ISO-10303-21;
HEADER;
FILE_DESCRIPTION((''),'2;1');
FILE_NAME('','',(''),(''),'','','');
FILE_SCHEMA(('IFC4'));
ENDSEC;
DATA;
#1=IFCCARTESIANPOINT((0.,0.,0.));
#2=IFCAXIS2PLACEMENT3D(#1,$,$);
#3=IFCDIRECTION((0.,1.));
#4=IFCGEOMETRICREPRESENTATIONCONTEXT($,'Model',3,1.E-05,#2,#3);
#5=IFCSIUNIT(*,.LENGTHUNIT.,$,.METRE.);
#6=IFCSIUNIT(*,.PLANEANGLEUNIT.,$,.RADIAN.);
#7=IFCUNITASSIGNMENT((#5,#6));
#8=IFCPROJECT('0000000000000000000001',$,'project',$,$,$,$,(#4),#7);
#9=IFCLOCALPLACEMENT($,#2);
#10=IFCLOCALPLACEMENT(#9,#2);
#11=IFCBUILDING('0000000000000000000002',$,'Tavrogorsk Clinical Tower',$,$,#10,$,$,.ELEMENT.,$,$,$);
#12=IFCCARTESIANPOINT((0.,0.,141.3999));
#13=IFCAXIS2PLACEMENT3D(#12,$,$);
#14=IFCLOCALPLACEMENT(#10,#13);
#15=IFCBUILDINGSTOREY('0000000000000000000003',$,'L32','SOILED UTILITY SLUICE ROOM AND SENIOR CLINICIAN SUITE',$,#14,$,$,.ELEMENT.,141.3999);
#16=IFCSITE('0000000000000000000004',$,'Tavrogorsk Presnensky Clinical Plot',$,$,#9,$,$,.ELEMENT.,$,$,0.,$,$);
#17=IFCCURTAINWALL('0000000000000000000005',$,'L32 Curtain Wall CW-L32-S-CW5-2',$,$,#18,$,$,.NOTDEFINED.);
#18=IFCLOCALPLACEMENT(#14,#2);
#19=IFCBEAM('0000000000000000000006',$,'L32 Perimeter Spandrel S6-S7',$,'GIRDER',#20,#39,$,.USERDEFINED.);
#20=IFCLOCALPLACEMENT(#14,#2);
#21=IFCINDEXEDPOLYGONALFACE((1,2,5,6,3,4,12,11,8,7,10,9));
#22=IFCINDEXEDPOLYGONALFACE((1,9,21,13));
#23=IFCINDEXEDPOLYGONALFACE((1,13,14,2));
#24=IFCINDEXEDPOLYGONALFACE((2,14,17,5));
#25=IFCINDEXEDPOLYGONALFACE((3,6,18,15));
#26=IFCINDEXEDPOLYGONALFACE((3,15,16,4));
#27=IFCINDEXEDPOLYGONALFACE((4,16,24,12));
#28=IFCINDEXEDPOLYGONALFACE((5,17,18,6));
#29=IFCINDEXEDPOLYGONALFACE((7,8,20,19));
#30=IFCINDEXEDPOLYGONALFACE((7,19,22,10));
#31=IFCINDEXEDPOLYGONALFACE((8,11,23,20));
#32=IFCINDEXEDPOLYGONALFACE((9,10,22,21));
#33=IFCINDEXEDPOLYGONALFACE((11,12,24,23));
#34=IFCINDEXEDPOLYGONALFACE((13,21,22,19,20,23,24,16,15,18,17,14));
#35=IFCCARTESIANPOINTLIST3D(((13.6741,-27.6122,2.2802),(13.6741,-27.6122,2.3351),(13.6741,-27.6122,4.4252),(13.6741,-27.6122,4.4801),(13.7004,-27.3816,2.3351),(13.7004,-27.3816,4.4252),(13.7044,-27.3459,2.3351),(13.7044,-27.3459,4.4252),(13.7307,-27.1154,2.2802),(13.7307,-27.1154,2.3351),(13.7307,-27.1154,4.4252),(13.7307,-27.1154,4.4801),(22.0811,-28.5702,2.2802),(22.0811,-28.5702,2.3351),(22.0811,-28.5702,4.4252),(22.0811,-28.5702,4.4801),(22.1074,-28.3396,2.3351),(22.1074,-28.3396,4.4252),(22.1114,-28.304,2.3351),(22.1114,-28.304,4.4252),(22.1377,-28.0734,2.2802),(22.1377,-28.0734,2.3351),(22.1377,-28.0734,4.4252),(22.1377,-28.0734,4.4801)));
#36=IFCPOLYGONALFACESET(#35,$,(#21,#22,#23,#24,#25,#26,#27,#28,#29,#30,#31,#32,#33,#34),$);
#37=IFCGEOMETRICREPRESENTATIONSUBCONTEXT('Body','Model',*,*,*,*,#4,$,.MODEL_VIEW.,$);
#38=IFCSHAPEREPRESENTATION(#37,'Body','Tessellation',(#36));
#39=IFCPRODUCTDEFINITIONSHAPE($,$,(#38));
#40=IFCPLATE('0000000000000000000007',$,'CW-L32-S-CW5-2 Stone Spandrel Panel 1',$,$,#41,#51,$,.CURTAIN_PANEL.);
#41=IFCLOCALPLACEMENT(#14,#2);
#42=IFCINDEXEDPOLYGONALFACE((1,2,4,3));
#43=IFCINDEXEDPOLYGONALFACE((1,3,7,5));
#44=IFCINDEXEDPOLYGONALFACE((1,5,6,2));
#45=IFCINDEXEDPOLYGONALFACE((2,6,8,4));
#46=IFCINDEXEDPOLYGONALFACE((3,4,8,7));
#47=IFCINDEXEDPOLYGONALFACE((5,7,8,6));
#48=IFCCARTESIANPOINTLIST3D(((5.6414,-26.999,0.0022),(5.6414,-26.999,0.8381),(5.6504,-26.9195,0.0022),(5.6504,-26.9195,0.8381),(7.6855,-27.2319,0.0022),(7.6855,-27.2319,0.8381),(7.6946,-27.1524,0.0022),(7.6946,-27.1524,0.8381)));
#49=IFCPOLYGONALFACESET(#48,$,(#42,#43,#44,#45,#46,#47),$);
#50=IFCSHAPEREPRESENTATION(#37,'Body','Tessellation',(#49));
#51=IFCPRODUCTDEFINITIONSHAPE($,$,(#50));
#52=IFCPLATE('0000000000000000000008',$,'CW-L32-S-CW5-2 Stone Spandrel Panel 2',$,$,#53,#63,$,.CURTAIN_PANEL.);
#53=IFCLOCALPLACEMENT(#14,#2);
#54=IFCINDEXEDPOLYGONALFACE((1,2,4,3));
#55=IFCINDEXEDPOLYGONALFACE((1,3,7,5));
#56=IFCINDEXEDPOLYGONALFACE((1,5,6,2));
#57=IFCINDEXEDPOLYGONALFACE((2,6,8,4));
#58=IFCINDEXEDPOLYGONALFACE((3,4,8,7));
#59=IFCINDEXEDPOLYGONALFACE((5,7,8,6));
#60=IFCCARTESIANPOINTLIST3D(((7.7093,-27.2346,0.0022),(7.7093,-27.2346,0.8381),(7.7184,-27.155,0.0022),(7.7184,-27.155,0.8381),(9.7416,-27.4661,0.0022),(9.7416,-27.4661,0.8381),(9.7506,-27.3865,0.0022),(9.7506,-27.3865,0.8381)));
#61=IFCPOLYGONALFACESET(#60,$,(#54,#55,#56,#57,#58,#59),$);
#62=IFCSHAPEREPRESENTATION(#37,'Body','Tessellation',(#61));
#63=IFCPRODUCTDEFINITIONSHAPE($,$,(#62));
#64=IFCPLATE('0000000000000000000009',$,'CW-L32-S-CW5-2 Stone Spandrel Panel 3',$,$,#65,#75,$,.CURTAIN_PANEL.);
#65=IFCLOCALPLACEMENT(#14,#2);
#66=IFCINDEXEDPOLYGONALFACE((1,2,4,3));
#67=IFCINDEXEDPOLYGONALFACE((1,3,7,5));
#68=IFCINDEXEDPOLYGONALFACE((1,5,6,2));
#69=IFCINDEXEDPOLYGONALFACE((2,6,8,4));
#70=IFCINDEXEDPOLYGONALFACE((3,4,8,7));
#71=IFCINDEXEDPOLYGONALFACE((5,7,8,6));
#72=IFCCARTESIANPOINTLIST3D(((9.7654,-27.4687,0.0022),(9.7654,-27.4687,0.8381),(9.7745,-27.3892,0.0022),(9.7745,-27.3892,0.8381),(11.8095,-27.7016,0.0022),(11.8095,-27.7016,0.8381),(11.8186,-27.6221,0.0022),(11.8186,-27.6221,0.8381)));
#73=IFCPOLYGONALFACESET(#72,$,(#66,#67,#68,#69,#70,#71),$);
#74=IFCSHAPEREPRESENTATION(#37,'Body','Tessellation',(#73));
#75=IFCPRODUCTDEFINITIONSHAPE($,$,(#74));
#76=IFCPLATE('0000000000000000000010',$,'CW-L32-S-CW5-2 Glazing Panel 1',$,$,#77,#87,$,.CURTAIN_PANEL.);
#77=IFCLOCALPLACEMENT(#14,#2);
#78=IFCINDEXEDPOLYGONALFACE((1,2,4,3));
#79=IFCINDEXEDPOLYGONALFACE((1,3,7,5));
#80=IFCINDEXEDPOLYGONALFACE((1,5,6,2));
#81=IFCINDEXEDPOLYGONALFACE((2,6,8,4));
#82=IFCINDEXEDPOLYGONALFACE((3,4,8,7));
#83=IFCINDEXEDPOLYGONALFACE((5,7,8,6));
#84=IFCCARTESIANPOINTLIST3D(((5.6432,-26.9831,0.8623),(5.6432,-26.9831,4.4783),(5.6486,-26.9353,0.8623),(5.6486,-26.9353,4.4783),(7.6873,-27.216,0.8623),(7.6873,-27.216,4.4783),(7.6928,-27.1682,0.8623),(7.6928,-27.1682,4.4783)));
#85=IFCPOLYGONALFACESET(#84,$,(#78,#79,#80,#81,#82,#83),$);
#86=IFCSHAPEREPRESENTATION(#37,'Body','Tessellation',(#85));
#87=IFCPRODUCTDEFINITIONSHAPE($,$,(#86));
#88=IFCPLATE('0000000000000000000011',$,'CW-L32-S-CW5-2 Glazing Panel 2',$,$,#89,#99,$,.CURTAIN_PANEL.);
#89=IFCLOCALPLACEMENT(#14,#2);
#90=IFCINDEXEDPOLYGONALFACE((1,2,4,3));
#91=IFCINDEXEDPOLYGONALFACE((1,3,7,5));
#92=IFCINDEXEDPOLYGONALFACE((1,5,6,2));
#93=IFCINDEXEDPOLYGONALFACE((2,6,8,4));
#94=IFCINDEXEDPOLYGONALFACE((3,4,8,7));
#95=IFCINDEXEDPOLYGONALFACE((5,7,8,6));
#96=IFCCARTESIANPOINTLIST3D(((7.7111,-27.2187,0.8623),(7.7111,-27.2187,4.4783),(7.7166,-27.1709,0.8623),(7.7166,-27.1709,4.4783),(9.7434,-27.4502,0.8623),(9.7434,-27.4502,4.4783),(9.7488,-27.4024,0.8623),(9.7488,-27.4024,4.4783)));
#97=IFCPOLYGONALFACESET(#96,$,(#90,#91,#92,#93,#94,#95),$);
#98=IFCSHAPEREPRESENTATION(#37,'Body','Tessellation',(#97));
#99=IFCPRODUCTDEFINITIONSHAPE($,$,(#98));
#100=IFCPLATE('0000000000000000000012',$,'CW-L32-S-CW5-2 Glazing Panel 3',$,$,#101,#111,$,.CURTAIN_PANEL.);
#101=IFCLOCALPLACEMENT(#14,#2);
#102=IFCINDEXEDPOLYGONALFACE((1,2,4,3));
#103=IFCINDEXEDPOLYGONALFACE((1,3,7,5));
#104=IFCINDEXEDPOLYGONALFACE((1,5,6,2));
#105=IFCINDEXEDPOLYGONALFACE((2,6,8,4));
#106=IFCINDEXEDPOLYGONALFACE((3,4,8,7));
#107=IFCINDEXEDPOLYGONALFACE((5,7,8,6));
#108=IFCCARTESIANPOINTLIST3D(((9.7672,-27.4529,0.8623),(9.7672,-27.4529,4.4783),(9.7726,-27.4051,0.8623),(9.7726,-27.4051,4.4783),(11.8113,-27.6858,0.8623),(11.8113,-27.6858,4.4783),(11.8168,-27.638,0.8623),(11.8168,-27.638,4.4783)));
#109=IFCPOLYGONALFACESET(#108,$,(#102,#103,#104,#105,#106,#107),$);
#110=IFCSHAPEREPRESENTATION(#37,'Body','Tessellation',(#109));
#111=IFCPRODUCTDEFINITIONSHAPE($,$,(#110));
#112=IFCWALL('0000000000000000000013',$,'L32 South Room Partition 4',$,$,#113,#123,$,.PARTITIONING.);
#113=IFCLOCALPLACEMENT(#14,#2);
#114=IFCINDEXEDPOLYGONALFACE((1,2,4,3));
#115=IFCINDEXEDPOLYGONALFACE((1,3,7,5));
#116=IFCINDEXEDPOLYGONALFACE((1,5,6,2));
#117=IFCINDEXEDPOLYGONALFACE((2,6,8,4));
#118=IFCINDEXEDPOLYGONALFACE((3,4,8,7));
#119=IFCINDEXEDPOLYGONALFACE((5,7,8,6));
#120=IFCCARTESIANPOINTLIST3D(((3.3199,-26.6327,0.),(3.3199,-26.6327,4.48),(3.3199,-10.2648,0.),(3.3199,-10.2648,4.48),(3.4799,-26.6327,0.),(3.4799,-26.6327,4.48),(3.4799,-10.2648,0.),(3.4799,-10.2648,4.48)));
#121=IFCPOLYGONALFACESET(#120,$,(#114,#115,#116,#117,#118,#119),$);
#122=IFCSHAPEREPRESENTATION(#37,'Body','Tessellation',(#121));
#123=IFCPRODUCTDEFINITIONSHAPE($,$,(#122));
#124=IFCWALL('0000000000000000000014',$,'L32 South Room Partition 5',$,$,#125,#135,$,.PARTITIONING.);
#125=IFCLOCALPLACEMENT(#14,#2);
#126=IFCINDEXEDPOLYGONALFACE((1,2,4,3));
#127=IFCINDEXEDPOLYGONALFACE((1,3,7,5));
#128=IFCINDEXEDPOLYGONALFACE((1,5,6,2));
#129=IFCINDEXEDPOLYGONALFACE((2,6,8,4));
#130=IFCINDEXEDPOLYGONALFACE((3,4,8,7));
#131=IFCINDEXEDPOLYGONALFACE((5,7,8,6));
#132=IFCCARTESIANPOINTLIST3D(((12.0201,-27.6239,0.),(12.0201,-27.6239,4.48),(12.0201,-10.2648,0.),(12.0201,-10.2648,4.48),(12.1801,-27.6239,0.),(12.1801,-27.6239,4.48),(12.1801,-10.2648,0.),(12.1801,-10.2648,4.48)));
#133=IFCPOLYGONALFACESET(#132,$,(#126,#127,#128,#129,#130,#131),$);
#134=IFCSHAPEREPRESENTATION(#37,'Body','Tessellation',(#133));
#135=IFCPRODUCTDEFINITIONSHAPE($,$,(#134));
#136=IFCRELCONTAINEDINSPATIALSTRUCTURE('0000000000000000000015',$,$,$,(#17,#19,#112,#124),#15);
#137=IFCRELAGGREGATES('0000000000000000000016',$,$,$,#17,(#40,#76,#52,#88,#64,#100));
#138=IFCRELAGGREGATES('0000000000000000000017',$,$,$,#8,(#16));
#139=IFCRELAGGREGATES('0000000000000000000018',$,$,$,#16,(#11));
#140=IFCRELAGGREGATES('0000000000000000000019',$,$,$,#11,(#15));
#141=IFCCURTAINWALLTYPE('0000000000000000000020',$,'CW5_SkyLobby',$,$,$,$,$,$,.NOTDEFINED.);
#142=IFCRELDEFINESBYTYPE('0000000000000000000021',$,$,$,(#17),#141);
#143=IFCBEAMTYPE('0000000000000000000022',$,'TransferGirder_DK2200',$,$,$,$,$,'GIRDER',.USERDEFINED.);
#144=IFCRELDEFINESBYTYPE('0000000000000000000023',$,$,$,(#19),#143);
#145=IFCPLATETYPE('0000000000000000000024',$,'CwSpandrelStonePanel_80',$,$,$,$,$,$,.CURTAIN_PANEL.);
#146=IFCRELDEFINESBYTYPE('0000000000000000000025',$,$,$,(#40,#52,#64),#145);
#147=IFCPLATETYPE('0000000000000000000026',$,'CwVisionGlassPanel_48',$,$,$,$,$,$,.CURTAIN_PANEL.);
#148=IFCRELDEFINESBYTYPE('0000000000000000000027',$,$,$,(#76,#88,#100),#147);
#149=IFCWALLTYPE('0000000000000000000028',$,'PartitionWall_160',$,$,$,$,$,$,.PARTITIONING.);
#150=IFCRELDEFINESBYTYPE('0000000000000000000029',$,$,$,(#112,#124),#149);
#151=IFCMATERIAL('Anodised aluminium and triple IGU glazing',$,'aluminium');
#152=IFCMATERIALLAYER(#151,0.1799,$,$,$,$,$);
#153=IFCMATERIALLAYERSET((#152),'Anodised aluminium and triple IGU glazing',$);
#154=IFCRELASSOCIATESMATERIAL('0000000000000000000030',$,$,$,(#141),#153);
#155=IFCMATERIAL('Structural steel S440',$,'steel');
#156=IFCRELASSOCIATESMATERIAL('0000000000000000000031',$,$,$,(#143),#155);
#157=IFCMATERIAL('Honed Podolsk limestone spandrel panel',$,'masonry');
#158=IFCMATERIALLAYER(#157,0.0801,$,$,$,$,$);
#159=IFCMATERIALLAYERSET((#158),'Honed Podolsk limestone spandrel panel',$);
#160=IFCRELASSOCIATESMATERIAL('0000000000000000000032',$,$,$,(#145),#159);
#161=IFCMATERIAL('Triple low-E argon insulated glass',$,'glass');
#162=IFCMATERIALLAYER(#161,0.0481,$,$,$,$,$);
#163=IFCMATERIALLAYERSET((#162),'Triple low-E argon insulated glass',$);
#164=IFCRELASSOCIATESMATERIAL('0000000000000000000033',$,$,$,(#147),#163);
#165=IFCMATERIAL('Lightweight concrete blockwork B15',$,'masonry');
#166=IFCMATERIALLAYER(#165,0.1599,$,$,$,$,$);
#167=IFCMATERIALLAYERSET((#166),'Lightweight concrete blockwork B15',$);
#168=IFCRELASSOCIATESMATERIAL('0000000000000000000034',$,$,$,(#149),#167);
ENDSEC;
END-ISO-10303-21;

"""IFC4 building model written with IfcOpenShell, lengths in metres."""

from ifc_helpers import new_model, si_unit, direction, frame, frame_2d, origin, origin_2d, place, context, subcontext, project, spatial, rectangle, i_section, extrude, material, layer, layer_set, material_profile, profile_set, type_object, element, aggregate, save


model = new_model("IFC4")

# Units and contexts
model_context = context("Model", 3, precision=1e-05, world=origin(), true_north=direction((0.0, 1.0)))
body_context = subcontext(model_context, "Body", "Model", "MODEL_VIEW")
ifc_project = project(units=[si_unit("LENGTHUNIT", "METRE"), si_unit("PLANEANGLEUNIT", "RADIAN")], contexts=[model_context])

# Site, building, storey
site_placement = place(None, origin())
site = spatial("IfcSite", under=ifc_project, at=site_placement, Name="Tavrogorsk Presnensky Clinical Plot", CompositionType="ELEMENT", RefElevation=0.0)
building_placement = place(site_placement, origin())
building = spatial("IfcBuilding", under=site, at=building_placement, Name="Tavrogorsk Clinical Tower", CompositionType="ELEMENT")
storey_placement = place(building_placement, frame((0.0, 0.0, 141.3999)))
storey = spatial("IfcBuildingStorey", under=building, at=storey_placement, Name="L32", Description="SOILED UTILITY SLUICE ROOM AND SENIOR CLINICIAN SUITE", CompositionType="ELEMENT", Elevation=141.3999)

# Curtain wall
ifc_material_1 = material(Name="Anodised aluminium and triple IGU glazing", Category="aluminium")
ifc_layer_1 = layer(ifc_material_1, 0.1799)
ifc_layer_set_1 = layer_set([ifc_layer_1], Name="Anodised aluminium and triple IGU glazing")
curtain_wall_type = type_object("IfcCurtainWallType", Name="CW5_SkyLobby", PredefinedType="NOTDEFINED", material=ifc_layer_set_1)
curtain_wall_placement = place(storey_placement, origin())
curtain_wall = element("IfcCurtainWall", 1, at=curtain_wall_placement, inside=storey, type_object=curtain_wall_type, Name="L32 Curtain Wall CW-L32-S-CW5-2", PredefinedType="NOTDEFINED")

# Beam
ifc_material_2 = material(Name="Structural steel S440", Category="steel")
ifc_material_profile_1 = material_profile(ifc_material_2, i_section(OverallWidth=0.5, OverallDepth=2.2, WebThickness=0.0359, FlangeThickness=0.0549, at=origin_2d()), Name="DK-2200x500x36x55")
ifc_profile_set_1 = profile_set([ifc_material_profile_1], Name="Structural steel S440")
beam_type = type_object("IfcBeamType", Name="TransferGirder_DK2200", ElementType="GIRDER", PredefinedType="USERDEFINED", material=ifc_profile_set_1)
for number, where, z_axis, x_axis, name in (
    (2, (13.7024, -27.3638, 3.3801), (0.99357, -0.113221, 0.0), (0.113221, 0.99357, 0.0), "L32 Perimeter Spandrel S6-S7"),
):
    element("IfcBeam", number, at=place(storey_placement, frame(where, z_axis=z_axis, x_axis=x_axis)), inside=storey, type_object=beam_type, Name=name, ObjectType="GIRDER", PredefinedType="USERDEFINED", context=body_context, shape_type="SweptSolid", body=[
        extrude(i_section(OverallWidth=0.5, OverallDepth=2.2, WebThickness=0.0359, FlangeThickness=0.0549, at=origin_2d()), origin(), (0.0, 0.0, 1.0), 8.4614),
    ])

# Plates
ifc_material_3 = material(Name="Honed Podolsk limestone spandrel panel", Category="masonry")
ifc_layer_2 = layer(ifc_material_3, 0.0801)
ifc_layer_set_2 = layer_set([ifc_layer_2], Name="Honed Podolsk limestone spandrel panel")
plate_type_1 = type_object("IfcPlateType", Name="CwSpandrelStonePanel_80", PredefinedType="CURTAIN_PANEL", material=ifc_layer_set_2)
plate_1_placement = place(storey_placement, frame((6.668, -27.0757, 0.0022), z_axis=(0.0, 0.0, 1.0), x_axis=(0.993572, -0.113203, 0.0)))
plate_1 = element("IfcPlate", 3, at=plate_1_placement, type_object=plate_type_1, Name="CW-L32-S-CW5-2 Stone Spandrel Panel 1", PredefinedType="CURTAIN_PANEL", context=body_context, shape_type="SweptSolid", body=[
    extrude(rectangle(XDim=2.0574, YDim=0.0801, at=origin_2d()), origin(), (0.0, 0.0, 1.0), 0.8359),
])
plate_2_placement = place(storey_placement, frame((8.73, -27.3105, 0.0022), z_axis=(0.0, 0.0, 1.0), x_axis=(0.993572, -0.113203, 0.0)))
plate_2 = element("IfcPlate", 4, at=plate_2_placement, type_object=plate_type_1, Name="CW-L32-S-CW5-2 Stone Spandrel Panel 2", PredefinedType="CURTAIN_PANEL", context=body_context, shape_type="SweptSolid", body=[
    extrude(rectangle(XDim=2.0454, YDim=0.0801, at=origin_2d()), origin(), (0.0, 0.0, 1.0), 0.8359),
])
plate_3_placement = place(storey_placement, frame((10.792, -27.5454, 0.0022), z_axis=(0.0, 0.0, 1.0), x_axis=(0.993572, -0.113203, 0.0)))
plate_3 = element("IfcPlate", 5, at=plate_3_placement, type_object=plate_type_1, Name="CW-L32-S-CW5-2 Stone Spandrel Panel 3", PredefinedType="CURTAIN_PANEL", context=body_context, shape_type="SweptSolid", body=[
    extrude(rectangle(XDim=2.0574, YDim=0.0801, at=origin_2d()), origin(), (0.0, 0.0, 1.0), 0.8359),
])
ifc_material_4 = material(Name="Triple low-E argon insulated glass", Category="glass")
ifc_layer_3 = layer(ifc_material_4, 0.0481)
ifc_layer_set_3 = layer_set([ifc_layer_3], Name="Triple low-E argon insulated glass")
plate_type_2 = type_object("IfcPlateType", Name="CwVisionGlassPanel_48", PredefinedType="CURTAIN_PANEL", material=ifc_layer_set_3)
plate_4_placement = place(storey_placement, frame((6.668, -27.0757, 0.8623), z_axis=(0.0, 0.0, 1.0), x_axis=(0.993572, -0.113203, 0.0)))
plate_4 = element("IfcPlate", 6, at=plate_4_placement, type_object=plate_type_2, Name="CW-L32-S-CW5-2 Glazing Panel 1", PredefinedType="CURTAIN_PANEL", context=body_context, shape_type="SweptSolid", body=[
    extrude(rectangle(XDim=2.0574, YDim=0.0481, at=origin_2d()), origin(), (0.0, 0.0, 1.0), 3.616),
])
plate_5_placement = place(storey_placement, frame((8.73, -27.3105, 0.8623), z_axis=(0.0, 0.0, 1.0), x_axis=(0.993572, -0.113203, 0.0)))
plate_5 = element("IfcPlate", 7, at=plate_5_placement, type_object=plate_type_2, Name="CW-L32-S-CW5-2 Glazing Panel 2", PredefinedType="CURTAIN_PANEL", context=body_context, shape_type="SweptSolid", body=[
    extrude(rectangle(XDim=2.0454, YDim=0.0481, at=origin_2d()), origin(), (0.0, 0.0, 1.0), 3.616),
])
plate_6_placement = place(storey_placement, frame((10.792, -27.5454, 0.8623), z_axis=(0.0, 0.0, 1.0), x_axis=(0.993572, -0.113203, 0.0)))
plate_6 = element("IfcPlate", 8, at=plate_6_placement, type_object=plate_type_2, Name="CW-L32-S-CW5-2 Glazing Panel 3", PredefinedType="CURTAIN_PANEL", context=body_context, shape_type="SweptSolid", body=[
    extrude(rectangle(XDim=2.0574, YDim=0.0481, at=origin_2d()), origin(), (0.0, 0.0, 1.0), 3.616),
])
aggregate(curtain_wall, [plate_1, plate_4, plate_2, plate_5, plate_3, plate_6])

# Walls
ifc_material_5 = material(Name="Lightweight concrete blockwork B15", Category="masonry")
ifc_layer_4 = layer(ifc_material_5, 0.1599)
ifc_layer_set_4 = layer_set([ifc_layer_4], Name="Lightweight concrete blockwork B15")
wall_type_1 = type_object("IfcWallType", Name="PartitionWall_160", PredefinedType="PARTITIONING", material=ifc_layer_set_4)
wall_1_placement = place(storey_placement, frame((3.3999, -26.6328, 0.0), z_axis=(0.0, 0.0, 1.0), x_axis=(0.0, 1.0, 0.0)))
element("IfcWall", 9, at=wall_1_placement, inside=storey, type_object=wall_type_1, Name="L32 South Room Partition 4", PredefinedType="PARTITIONING", context=body_context, shape_type="SweptSolid", body=[
    extrude(rectangle(XDim=16.3679, YDim=0.1599, at=frame_2d((8.1841, 0.0))), origin(), (0.0, 0.0, 1.0), 4.48),
])
wall_2_placement = place(storey_placement, frame((12.1001, -27.624, 0.0), z_axis=(0.0, 0.0, 1.0), x_axis=(0.0, 1.0, 0.0)))
element("IfcWall", 10, at=wall_2_placement, inside=storey, type_object=wall_type_1, Name="L32 South Room Partition 5", PredefinedType="PARTITIONING", context=body_context, shape_type="SweptSolid", body=[
    extrude(rectangle(XDim=17.3591, YDim=0.1599, at=frame_2d((8.6797, 0.0))), origin(), (0.0, 0.0, 1.0), 4.48),
])

save(model, "model.ifc")
